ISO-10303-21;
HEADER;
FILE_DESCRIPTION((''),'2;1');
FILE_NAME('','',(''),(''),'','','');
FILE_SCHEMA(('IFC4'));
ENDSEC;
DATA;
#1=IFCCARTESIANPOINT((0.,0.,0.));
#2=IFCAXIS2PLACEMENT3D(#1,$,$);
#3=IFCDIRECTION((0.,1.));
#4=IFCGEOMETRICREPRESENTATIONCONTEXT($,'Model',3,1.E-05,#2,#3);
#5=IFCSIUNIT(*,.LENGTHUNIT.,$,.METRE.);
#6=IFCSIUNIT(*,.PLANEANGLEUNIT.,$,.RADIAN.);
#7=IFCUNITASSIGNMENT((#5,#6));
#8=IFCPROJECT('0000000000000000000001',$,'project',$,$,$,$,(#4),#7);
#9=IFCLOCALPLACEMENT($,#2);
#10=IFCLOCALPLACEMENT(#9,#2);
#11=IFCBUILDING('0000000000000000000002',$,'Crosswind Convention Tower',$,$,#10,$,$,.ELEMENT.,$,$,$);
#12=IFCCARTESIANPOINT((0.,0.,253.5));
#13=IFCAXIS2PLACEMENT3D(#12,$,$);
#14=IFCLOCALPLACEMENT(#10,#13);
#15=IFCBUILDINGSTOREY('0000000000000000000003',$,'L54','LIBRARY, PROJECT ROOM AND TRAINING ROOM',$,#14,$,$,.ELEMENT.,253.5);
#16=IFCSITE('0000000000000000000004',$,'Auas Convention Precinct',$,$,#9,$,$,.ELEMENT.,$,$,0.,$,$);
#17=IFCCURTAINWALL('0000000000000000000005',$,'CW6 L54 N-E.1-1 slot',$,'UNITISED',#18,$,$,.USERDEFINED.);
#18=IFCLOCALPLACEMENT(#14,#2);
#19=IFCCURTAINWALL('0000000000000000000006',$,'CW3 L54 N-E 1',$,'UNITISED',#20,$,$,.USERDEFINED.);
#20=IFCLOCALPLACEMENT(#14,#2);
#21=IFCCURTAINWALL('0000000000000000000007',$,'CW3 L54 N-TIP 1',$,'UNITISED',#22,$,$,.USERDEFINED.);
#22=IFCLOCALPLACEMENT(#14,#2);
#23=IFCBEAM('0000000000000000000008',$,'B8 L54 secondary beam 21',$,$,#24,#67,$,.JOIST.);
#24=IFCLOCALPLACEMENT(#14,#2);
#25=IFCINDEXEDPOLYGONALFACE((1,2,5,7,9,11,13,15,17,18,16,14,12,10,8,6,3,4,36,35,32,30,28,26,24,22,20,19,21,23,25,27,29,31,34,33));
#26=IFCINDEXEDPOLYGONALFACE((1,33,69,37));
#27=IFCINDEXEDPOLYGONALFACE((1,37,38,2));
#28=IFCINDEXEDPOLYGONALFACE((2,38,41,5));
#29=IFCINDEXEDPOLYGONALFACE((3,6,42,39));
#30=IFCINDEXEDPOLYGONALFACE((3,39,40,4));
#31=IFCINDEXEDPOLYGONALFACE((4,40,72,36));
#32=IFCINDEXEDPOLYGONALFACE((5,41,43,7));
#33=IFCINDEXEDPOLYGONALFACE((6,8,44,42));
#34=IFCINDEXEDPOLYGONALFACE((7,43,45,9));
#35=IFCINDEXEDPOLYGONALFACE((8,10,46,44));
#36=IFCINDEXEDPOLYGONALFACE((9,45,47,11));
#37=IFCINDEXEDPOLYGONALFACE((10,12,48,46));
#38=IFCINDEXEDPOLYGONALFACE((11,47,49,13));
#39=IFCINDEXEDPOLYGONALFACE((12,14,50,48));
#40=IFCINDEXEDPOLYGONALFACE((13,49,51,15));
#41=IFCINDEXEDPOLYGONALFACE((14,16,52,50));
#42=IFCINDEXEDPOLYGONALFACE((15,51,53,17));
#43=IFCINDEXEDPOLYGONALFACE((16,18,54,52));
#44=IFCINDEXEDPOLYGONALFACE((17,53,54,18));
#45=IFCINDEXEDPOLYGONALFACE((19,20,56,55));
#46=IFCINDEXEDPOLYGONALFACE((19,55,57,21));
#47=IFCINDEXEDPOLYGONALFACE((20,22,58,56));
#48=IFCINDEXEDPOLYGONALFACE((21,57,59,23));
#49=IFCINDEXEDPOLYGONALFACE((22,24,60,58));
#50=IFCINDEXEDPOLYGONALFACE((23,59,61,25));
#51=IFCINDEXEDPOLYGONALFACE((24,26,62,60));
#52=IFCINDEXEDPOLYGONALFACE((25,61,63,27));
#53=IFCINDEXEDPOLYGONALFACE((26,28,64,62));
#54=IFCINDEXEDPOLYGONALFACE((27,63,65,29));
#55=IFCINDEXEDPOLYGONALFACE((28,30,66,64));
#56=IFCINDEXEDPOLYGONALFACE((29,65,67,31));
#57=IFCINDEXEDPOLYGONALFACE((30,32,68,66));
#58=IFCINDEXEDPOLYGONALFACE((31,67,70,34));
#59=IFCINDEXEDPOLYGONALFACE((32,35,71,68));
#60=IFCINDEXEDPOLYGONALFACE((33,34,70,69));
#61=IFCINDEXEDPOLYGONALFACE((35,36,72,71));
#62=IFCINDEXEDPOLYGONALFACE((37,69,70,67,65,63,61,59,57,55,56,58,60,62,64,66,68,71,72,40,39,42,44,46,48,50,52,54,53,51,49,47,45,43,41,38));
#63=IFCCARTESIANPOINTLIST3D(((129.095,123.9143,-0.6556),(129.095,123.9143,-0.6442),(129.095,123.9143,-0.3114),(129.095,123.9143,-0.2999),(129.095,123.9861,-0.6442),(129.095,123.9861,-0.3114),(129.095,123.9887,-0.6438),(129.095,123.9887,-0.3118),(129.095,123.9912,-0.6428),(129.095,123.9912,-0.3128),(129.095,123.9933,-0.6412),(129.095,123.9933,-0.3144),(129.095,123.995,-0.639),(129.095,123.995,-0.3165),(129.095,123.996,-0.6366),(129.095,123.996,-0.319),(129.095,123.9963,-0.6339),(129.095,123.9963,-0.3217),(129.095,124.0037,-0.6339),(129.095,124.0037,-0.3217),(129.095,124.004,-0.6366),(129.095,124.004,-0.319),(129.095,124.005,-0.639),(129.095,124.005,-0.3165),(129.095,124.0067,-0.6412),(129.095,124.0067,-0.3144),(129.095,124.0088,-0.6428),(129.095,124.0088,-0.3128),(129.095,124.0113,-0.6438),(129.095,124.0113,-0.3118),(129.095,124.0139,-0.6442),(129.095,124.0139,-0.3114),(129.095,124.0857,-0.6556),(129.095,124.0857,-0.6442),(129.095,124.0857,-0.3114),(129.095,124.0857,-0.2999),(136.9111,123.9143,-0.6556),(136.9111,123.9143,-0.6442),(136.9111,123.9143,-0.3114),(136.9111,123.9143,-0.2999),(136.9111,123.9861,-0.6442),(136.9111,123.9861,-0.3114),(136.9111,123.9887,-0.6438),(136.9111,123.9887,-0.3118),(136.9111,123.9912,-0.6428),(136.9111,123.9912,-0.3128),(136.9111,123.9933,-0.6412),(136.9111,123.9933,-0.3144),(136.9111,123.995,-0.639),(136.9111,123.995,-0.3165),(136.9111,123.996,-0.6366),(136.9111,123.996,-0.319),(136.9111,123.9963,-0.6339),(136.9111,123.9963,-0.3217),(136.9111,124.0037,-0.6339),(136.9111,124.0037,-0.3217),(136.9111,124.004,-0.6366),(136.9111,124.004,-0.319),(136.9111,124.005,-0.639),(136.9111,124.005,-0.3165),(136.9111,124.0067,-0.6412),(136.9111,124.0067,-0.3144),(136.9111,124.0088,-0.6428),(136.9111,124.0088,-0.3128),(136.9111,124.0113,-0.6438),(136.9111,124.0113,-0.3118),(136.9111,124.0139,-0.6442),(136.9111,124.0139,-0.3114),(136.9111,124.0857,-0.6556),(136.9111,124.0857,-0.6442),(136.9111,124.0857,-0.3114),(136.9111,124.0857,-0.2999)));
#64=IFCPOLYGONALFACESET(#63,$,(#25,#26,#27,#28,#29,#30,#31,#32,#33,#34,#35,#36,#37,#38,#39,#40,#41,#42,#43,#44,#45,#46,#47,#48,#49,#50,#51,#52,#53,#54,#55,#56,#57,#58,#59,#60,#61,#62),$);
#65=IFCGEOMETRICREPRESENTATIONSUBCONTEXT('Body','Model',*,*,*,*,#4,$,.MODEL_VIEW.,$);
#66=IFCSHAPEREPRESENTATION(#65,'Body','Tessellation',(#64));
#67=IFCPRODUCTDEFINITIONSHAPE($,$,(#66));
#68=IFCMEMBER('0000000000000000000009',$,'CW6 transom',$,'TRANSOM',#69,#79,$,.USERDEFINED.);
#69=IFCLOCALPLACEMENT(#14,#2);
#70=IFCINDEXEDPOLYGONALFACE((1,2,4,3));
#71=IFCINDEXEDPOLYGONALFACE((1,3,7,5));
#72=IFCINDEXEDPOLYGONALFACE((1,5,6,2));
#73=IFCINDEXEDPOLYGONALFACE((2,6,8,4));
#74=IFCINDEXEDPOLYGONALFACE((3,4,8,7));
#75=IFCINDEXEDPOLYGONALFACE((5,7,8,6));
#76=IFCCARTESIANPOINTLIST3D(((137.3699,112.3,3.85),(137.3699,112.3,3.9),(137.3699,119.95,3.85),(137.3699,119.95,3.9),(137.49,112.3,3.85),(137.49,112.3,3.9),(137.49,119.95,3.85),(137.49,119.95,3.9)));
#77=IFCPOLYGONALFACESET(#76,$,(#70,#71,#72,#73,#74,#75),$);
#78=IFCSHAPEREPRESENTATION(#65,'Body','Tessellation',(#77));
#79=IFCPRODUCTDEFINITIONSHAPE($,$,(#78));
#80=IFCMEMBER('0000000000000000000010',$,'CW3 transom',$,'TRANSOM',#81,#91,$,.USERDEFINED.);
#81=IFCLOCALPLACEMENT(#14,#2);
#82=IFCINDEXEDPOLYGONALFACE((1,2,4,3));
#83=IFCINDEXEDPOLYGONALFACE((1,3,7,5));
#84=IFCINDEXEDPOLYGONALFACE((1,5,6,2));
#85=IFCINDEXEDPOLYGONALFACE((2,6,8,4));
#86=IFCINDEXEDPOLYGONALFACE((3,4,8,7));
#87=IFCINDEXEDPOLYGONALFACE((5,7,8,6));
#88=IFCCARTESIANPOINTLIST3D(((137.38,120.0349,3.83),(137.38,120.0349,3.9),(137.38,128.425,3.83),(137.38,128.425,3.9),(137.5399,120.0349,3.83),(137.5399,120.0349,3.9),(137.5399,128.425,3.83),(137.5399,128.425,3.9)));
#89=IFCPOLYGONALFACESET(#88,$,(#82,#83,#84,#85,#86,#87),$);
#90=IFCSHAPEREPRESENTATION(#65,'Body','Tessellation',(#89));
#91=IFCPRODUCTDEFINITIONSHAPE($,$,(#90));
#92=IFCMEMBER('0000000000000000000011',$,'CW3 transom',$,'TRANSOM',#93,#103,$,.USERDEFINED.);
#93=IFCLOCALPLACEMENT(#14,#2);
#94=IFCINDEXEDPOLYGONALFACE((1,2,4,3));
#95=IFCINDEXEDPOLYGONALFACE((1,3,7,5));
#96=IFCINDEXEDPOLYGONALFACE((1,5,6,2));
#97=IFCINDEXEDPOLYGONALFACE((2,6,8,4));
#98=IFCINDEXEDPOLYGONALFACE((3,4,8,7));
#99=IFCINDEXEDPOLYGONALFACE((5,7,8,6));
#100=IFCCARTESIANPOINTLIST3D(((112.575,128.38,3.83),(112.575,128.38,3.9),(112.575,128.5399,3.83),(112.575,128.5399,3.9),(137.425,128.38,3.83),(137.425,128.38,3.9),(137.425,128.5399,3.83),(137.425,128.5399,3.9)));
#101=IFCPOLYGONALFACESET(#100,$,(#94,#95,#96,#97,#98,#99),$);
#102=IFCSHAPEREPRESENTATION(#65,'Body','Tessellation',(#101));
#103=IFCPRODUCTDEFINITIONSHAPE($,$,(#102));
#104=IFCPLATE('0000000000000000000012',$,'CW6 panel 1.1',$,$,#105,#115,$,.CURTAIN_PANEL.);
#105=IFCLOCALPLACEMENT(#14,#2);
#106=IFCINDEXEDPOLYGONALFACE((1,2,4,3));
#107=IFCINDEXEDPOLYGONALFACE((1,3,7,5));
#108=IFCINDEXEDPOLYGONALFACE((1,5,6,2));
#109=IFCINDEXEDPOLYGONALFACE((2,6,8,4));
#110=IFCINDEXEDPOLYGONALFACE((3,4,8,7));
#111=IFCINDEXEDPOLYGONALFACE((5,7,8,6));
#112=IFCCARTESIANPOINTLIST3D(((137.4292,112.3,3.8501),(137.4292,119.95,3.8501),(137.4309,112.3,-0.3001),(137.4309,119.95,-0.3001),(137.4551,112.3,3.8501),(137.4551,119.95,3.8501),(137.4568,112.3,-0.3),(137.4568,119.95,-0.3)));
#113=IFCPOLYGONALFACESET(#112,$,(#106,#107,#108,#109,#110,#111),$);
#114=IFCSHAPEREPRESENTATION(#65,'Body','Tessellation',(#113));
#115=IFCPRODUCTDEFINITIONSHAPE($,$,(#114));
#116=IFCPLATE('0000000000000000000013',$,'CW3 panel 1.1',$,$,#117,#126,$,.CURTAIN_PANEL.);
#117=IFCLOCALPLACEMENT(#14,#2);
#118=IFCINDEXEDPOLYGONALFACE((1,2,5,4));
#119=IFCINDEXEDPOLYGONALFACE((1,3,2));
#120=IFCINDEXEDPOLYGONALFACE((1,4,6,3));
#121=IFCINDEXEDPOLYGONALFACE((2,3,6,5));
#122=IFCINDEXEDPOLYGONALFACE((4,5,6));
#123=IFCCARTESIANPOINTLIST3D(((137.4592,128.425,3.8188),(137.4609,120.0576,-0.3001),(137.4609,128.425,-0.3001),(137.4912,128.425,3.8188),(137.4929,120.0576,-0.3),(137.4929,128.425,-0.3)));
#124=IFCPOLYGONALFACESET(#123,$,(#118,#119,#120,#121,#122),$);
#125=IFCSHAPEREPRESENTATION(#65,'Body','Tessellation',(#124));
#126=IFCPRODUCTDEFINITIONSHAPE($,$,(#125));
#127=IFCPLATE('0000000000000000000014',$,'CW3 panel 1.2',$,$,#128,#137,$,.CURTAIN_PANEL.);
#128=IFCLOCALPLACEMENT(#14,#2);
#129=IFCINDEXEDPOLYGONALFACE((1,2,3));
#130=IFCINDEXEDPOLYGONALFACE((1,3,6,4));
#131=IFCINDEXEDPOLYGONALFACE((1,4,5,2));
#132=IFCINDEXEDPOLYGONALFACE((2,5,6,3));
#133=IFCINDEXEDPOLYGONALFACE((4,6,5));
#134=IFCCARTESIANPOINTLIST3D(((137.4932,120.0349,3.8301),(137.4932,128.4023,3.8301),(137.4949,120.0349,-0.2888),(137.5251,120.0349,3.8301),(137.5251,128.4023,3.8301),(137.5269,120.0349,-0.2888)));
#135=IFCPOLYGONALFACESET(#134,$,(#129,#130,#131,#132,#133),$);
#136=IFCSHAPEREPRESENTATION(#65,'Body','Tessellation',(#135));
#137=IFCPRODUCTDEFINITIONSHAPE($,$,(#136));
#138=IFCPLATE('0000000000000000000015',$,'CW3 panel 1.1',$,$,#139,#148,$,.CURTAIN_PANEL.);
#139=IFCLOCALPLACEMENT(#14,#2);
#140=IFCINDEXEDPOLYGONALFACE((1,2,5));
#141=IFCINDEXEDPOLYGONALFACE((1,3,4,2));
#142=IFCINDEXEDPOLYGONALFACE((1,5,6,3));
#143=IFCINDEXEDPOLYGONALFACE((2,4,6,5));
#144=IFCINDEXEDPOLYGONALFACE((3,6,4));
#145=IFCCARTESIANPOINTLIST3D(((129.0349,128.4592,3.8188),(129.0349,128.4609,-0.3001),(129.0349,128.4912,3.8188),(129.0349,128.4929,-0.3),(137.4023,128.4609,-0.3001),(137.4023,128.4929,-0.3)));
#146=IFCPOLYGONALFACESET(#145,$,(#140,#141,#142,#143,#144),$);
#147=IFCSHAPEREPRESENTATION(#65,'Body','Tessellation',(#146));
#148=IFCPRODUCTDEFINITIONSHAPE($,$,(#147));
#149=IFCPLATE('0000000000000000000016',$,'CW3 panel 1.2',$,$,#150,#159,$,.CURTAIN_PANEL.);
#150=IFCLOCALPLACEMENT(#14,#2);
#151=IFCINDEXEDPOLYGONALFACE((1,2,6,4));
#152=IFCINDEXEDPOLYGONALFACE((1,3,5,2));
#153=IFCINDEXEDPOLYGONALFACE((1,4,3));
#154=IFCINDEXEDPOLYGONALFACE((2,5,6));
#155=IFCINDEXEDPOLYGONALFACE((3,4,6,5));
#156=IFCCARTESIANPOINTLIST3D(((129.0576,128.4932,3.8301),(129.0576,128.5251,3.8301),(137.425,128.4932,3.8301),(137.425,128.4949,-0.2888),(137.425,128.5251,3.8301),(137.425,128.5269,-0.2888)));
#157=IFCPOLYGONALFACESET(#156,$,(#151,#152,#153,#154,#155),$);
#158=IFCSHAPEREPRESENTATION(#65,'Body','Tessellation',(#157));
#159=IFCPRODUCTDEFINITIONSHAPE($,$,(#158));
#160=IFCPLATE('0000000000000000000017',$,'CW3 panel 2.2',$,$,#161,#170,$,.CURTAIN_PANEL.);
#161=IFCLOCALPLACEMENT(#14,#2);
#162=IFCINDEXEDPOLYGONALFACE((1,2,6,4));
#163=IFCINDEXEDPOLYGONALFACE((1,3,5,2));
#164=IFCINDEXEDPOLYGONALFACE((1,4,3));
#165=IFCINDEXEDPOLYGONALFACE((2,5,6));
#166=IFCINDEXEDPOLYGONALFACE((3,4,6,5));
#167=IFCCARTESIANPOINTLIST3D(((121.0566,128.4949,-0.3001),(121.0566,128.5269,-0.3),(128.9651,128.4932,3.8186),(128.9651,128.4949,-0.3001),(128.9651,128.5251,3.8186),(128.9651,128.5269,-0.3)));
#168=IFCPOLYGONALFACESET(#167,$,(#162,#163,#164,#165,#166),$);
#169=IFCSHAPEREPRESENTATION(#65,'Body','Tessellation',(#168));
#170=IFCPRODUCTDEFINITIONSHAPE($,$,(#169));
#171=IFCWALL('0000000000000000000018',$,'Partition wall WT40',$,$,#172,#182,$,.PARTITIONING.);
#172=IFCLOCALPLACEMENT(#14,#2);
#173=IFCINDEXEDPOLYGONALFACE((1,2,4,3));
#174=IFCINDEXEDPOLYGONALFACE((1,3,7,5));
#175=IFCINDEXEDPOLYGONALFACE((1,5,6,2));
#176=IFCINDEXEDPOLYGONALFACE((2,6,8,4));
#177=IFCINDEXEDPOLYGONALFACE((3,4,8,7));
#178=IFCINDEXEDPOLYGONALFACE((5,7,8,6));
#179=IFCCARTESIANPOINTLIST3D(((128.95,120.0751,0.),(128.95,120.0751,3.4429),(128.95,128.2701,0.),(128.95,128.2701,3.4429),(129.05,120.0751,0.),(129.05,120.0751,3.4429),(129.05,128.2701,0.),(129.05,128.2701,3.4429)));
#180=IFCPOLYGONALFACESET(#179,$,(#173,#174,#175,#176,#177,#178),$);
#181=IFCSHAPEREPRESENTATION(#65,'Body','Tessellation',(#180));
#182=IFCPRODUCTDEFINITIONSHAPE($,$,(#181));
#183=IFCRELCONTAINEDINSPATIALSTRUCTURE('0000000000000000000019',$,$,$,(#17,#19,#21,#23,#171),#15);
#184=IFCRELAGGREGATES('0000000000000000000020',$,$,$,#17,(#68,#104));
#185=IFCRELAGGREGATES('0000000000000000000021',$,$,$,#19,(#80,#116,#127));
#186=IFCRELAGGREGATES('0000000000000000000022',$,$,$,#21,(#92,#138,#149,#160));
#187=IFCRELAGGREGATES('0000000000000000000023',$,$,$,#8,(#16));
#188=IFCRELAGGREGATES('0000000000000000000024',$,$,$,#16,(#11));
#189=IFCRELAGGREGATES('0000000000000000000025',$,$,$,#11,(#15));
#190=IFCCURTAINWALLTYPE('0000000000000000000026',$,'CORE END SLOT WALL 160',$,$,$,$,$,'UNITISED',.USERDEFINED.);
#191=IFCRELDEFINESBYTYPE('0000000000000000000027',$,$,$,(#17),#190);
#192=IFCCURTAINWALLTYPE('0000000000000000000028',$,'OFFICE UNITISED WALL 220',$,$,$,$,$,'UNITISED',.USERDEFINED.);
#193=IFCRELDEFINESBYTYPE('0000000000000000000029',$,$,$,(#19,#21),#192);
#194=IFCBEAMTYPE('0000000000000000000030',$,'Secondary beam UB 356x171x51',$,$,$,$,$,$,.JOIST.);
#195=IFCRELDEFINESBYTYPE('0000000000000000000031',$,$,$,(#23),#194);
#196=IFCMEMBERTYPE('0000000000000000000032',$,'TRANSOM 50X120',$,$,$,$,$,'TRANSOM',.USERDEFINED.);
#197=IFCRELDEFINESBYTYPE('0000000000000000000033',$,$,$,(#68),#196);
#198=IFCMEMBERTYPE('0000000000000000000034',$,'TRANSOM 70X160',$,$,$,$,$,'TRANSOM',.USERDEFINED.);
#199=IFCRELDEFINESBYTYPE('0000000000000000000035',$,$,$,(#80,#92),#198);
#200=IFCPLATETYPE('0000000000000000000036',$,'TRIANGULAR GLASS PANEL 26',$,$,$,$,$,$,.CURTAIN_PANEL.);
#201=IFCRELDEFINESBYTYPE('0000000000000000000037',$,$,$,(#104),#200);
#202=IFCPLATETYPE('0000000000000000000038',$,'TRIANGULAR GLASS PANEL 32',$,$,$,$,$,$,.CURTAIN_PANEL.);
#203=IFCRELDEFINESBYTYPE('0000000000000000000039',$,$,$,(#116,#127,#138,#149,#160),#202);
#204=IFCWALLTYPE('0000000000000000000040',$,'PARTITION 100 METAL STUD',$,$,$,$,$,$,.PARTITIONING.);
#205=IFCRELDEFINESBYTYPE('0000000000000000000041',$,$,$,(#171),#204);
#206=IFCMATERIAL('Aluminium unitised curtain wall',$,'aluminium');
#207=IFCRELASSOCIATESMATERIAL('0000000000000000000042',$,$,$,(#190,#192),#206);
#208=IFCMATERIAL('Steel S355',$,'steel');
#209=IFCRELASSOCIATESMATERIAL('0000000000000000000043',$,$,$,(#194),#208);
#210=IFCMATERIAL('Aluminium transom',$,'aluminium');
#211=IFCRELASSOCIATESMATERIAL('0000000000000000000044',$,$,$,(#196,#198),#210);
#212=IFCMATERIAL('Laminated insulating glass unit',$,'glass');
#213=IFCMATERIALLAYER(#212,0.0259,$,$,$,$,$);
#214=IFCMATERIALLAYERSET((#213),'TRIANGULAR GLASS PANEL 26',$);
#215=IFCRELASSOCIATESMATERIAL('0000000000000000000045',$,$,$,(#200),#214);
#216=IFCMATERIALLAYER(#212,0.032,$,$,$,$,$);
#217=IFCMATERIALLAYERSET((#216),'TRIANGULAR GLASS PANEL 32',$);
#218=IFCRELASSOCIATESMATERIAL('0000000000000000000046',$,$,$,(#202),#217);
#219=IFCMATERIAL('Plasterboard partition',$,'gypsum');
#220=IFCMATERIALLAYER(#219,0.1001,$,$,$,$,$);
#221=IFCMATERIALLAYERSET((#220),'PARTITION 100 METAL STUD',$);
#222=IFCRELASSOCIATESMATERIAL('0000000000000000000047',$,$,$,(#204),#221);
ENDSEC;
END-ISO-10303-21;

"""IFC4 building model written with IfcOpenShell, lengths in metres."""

from ifc_helpers import new_model, si_unit, direction, frame, frame_2d, origin, origin_2d, place, context, subcontext, project, spatial, polyline, rectangle, i_section, outline, extrude, material, layer, layer_set, material_profile, profile_set, type_object, element, aggregate, save


model = new_model("IFC4")

# Units and contexts
model_context = context("Model", 3, precision=1e-05, world=origin(), true_north=direction((0.0, 1.0)))
body_context = subcontext(model_context, "Body", "Model", "MODEL_VIEW")
ifc_project = project(units=[si_unit("LENGTHUNIT", "METRE"), si_unit("PLANEANGLEUNIT", "RADIAN")], contexts=[model_context])

# Site, building, storey
site_placement = place(None, origin())
site = spatial("IfcSite", under=ifc_project, at=site_placement, Name="Auas Convention Precinct", CompositionType="ELEMENT", RefElevation=0.0)
building_placement = place(site_placement, origin())
building = spatial("IfcBuilding", under=site, at=building_placement, Name="Crosswind Convention Tower", CompositionType="ELEMENT")
storey_placement = place(building_placement, frame((0.0, 0.0, 253.5)))
storey = spatial("IfcBuildingStorey", under=building, at=storey_placement, Name="L54", Description="LIBRARY, PROJECT ROOM AND TRAINING ROOM", CompositionType="ELEMENT", Elevation=253.5)

# Shared definitions
ifc_material_1 = material(Name="Steel S355", Category="steel")

# Curtain walls
ifc_material_2 = material(Name="Aluminium unitised curtain wall", Category="aluminium")
curtain_wall_type_1 = type_object("IfcCurtainWallType", Name="CORE END SLOT WALL 160", ElementType="UNITISED", PredefinedType="USERDEFINED", material=ifc_material_2)
curtain_wall_1_placement = place(storey_placement, origin())
curtain_wall_1 = element("IfcCurtainWall", 1, at=curtain_wall_1_placement, inside=storey, type_object=curtain_wall_type_1, Name="CW6 L54 N-E.1-1 slot", ObjectType="UNITISED", PredefinedType="USERDEFINED")
curtain_wall_type_2 = type_object("IfcCurtainWallType", Name="OFFICE UNITISED WALL 220", ElementType="UNITISED", PredefinedType="USERDEFINED", material=ifc_material_2)
curtain_wall_2_placement = place(storey_placement, origin())
curtain_wall_2 = element("IfcCurtainWall", 2, at=curtain_wall_2_placement, inside=storey, type_object=curtain_wall_type_2, Name="CW3 L54 N-E 1", ObjectType="UNITISED", PredefinedType="USERDEFINED")

# Curtain wall
curtain_wall_3_placement = place(storey_placement, origin())
curtain_wall_3 = element("IfcCurtainWall", 3, at=curtain_wall_3_placement, inside=storey, type_object=curtain_wall_type_2, Name="CW3 L54 N-TIP 1", ObjectType="UNITISED", PredefinedType="USERDEFINED")

# Beam
ifc_material_profile_1 = material_profile(ifc_material_1, i_section(OverallWidth=0.1714, OverallDepth=0.3557, WebThickness=0.0073, FlangeThickness=0.0115, FilletRadius=0.0103, at=origin_2d()), Name="UB 356x171x51")
ifc_profile_set_1 = profile_set([ifc_material_profile_1], Name="Steel S355")
beam_type_1 = type_object("IfcBeamType", Name="Secondary beam UB 356x171x51", PredefinedType="JOIST", material=ifc_profile_set_1)
for number, where, z_axis, x_axis, name in (
    (4, (129.095, 124.0, -0.4778), (1.0, 0.0, 0.0), (0.0, 1.0, 0.0), "B8 L54 secondary beam 21"),
):
    element("IfcBeam", number, at=place(storey_placement, frame(where, z_axis=z_axis, x_axis=x_axis)), inside=storey, type_object=beam_type_1, Name=name, PredefinedType="JOIST", context=body_context, shape_type="SweptSolid", body=[
        extrude(i_section(OverallWidth=0.1714, OverallDepth=0.3557, WebThickness=0.0073, FlangeThickness=0.0115, FilletRadius=0.0103, at=origin_2d()), origin(), (0.0, 0.0, 1.0), 7.8162),
    ])

# Members
ifc_material_3 = material(Name="Aluminium transom", Category="aluminium")
ifc_material_profile_2 = material_profile(ifc_material_3, rectangle(XDim=0.1201, YDim=0.05, at=origin_2d()), Name="AL 120X50")
ifc_profile_set_2 = profile_set([ifc_material_profile_2], Name="Aluminium transom")
member_type_1 = type_object("IfcMemberType", Name="TRANSOM 50X120", ElementType="TRANSOM", PredefinedType="USERDEFINED", material=ifc_profile_set_2)
member_1_placement = place(storey_placement, frame((137.4299, 112.3, 3.875), z_axis=(0.0, 1.0, 0.0), x_axis=(-1.0, 0.0, 0.0)))
member_1 = element("IfcMember", 5, at=member_1_placement, type_object=member_type_1, Name="CW6 transom", ObjectType="TRANSOM", PredefinedType="USERDEFINED", context=body_context, shape_type="SweptSolid", body=[
    extrude(rectangle(XDim=0.1201, YDim=0.05, at=origin_2d()), origin(), (0.0, 0.0, 1.0), 7.6499),
])
ifc_material_profile_3 = material_profile(ifc_material_3, rectangle(XDim=0.1599, YDim=0.0701, at=origin_2d()), Name="AL 160X70")
ifc_profile_set_3 = profile_set([ifc_material_profile_3], Name="Aluminium transom")
member_type_2 = type_object("IfcMemberType", Name="TRANSOM 70X160", ElementType="TRANSOM", PredefinedType="USERDEFINED", material=ifc_profile_set_3)
member_2_placement = place(storey_placement, frame((137.46, 120.0349, 3.865), z_axis=(0.0, 1.0, 0.0), x_axis=(-1.0, 0.0, 0.0)))
member_2 = element("IfcMember", 6, at=member_2_placement, type_object=member_type_2, Name="CW3 transom", ObjectType="TRANSOM", PredefinedType="USERDEFINED", context=body_context, shape_type="SweptSolid", body=[
    extrude(rectangle(XDim=0.1599, YDim=0.0701, at=origin_2d()), origin(), (0.0, 0.0, 1.0), 8.3901),
])
member_3_placement = place(storey_placement, frame((137.425, 128.46, 3.865), z_axis=(-1.0, 0.0, 0.0), x_axis=(0.0, -1.0, 0.0)))
member_3 = element("IfcMember", 7, at=member_3_placement, type_object=member_type_2, Name="CW3 transom", ObjectType="TRANSOM", PredefinedType="USERDEFINED", context=body_context, shape_type="SweptSolid", body=[
    extrude(rectangle(XDim=0.1599, YDim=0.0701, at=origin_2d()), origin(), (0.0, 0.0, 1.0), 24.8501),
])

# Plates
ifc_material_4 = material(Name="Laminated insulating glass unit", Category="glass")
ifc_layer_1 = layer(ifc_material_4, 0.0259)
ifc_layer_set_1 = layer_set([ifc_layer_1], Name="TRIANGULAR GLASS PANEL 26")
plate_type_1 = type_object("IfcPlateType", Name="TRIANGULAR GLASS PANEL 26", PredefinedType="CURTAIN_PANEL", material=ifc_layer_set_1)
plate_1_placement = place(storey_placement, frame((137.4568, 112.3, -0.3), z_axis=(1.0, 0.0, 0.000412), x_axis=(0.0, 1.0, 0.0)))
plate_1 = element("IfcPlate", 8, at=plate_1_placement, type_object=plate_type_1, Name="CW6 panel 1.1", PredefinedType="CURTAIN_PANEL", context=body_context, shape_type="SweptSolid", body=[
    extrude(outline(polyline([(0.0, 0.0), (7.6499, 0.0), (7.6499, 4.1501), (0.0, 4.1501), (0.0, 0.0)])), origin(), (0.0, 0.0, -1.0), 0.0259),
])
aggregate(curtain_wall_1, [member_1, plate_1])
ifc_layer_2 = layer(ifc_material_4, 0.032)
ifc_layer_set_2 = layer_set([ifc_layer_2], Name="TRIANGULAR GLASS PANEL 32")
plate_type_2 = type_object("IfcPlateType", Name="TRIANGULAR GLASS PANEL 32", PredefinedType="CURTAIN_PANEL", material=ifc_layer_set_2)
plate_2_placement = place(storey_placement, frame((137.4929, 128.425, -0.3), z_axis=(1.0, 0.0, 0.000415), x_axis=(-0.000415, 0.0, 1.0)))
plate_2 = element("IfcPlate", 9, at=plate_2_placement, type_object=plate_type_2, Name="CW3 panel 1.1", PredefinedType="CURTAIN_PANEL", context=body_context, shape_type="SweptSolid", body=[
    extrude(outline(polyline([(0.0, 0.0), (4.1189, 0.0), (0.0, 8.3674), (0.0, 0.0)])), origin(), (0.0, 0.0, -1.0), 0.032),
])
plate_3_placement = place(storey_placement, frame((137.5251, 120.0349, 3.8301), z_axis=(1.0, 0.0, 0.000415), x_axis=(0.000415, 0.0, -1.0)))
plate_3 = element("IfcPlate", 10, at=plate_3_placement, type_object=plate_type_2, Name="CW3 panel 1.2", PredefinedType="CURTAIN_PANEL", context=body_context, shape_type="SweptSolid", body=[
    extrude(outline(polyline([(0.0, 0.0), (4.1189, 0.0), (0.0, 8.3674), (0.0, 0.0)])), origin(), (0.0, 0.0, -1.0), 0.032),
])
plate_4_placement = place(storey_placement, frame((129.0349, 128.4929, -0.3), z_axis=(0.0, 1.0, 0.000415), x_axis=(0.0, -0.000415, 1.0)))
plate_4 = element("IfcPlate", 11, at=plate_4_placement, type_object=plate_type_2, Name="CW3 panel 1.1", PredefinedType="CURTAIN_PANEL", context=body_context, shape_type="SweptSolid", body=[
    extrude(outline(polyline([(0.0, 0.0), (4.1189, 0.0), (0.0, 8.3674), (0.0, 0.0)])), origin(), (0.0, 0.0, -1.0), 0.032),
])
plate_5_placement = place(storey_placement, frame((137.425, 128.5251, 3.8301), z_axis=(0.0, 1.0, 0.000415), x_axis=(0.0, 0.000415, -1.0)))
plate_5 = element("IfcPlate", 12, at=plate_5_placement, type_object=plate_type_2, Name="CW3 panel 1.2", PredefinedType="CURTAIN_PANEL", context=body_context, shape_type="SweptSolid", body=[
    extrude(outline(polyline([(0.0, 0.0), (4.1189, 0.0), (0.0, 8.3674), (0.0, 0.0)])), origin(), (0.0, 0.0, -1.0), 0.032),
])
plate_6_placement = place(storey_placement, frame((128.9651, 128.5269, -0.3), z_axis=(0.0, 1.0, 0.000415), x_axis=(-1.0, 0.0, 0.0)))
plate_6 = element("IfcPlate", 13, at=plate_6_placement, type_object=plate_type_2, Name="CW3 panel 2.2", PredefinedType="CURTAIN_PANEL", context=body_context, shape_type="SweptSolid", body=[
    extrude(outline(polyline([(0.0, 0.0), (7.9084, 0.0), (0.0, 4.1187), (0.0, 0.0)])), origin(), (0.0, 0.0, -1.0), 0.032),
])

# Wall
ifc_material_5 = material(Name="Plasterboard partition", Category="gypsum")
ifc_layer_3 = layer(ifc_material_5, 0.1001)
ifc_layer_set_3 = layer_set([ifc_layer_3], Name="PARTITION 100 METAL STUD")
wall_type_1 = type_object("IfcWallType", Name="PARTITION 100 METAL STUD", PredefinedType="PARTITIONING", material=ifc_layer_set_3)
wall_1_placement = place(storey_placement, frame((129.0, 120.075, 0.0), z_axis=(0.0, 0.0, 1.0), x_axis=(0.0, 1.0, 0.0)))
element("IfcWall", 14, at=wall_1_placement, inside=storey, type_object=wall_type_1, Name="Partition wall WT40", PredefinedType="PARTITIONING", context=body_context, shape_type="SweptSolid", body=[
    extrude(rectangle(XDim=8.1951, YDim=0.1001, at=frame_2d((4.0977, 0.0))), origin(), (0.0, 0.0, 1.0), 3.4429),
])

aggregate(curtain_wall_2, [member_2, plate_2, plate_3])
aggregate(curtain_wall_3, [member_3, plate_4, plate_5, plate_6])

save(model, "model.ifc")
